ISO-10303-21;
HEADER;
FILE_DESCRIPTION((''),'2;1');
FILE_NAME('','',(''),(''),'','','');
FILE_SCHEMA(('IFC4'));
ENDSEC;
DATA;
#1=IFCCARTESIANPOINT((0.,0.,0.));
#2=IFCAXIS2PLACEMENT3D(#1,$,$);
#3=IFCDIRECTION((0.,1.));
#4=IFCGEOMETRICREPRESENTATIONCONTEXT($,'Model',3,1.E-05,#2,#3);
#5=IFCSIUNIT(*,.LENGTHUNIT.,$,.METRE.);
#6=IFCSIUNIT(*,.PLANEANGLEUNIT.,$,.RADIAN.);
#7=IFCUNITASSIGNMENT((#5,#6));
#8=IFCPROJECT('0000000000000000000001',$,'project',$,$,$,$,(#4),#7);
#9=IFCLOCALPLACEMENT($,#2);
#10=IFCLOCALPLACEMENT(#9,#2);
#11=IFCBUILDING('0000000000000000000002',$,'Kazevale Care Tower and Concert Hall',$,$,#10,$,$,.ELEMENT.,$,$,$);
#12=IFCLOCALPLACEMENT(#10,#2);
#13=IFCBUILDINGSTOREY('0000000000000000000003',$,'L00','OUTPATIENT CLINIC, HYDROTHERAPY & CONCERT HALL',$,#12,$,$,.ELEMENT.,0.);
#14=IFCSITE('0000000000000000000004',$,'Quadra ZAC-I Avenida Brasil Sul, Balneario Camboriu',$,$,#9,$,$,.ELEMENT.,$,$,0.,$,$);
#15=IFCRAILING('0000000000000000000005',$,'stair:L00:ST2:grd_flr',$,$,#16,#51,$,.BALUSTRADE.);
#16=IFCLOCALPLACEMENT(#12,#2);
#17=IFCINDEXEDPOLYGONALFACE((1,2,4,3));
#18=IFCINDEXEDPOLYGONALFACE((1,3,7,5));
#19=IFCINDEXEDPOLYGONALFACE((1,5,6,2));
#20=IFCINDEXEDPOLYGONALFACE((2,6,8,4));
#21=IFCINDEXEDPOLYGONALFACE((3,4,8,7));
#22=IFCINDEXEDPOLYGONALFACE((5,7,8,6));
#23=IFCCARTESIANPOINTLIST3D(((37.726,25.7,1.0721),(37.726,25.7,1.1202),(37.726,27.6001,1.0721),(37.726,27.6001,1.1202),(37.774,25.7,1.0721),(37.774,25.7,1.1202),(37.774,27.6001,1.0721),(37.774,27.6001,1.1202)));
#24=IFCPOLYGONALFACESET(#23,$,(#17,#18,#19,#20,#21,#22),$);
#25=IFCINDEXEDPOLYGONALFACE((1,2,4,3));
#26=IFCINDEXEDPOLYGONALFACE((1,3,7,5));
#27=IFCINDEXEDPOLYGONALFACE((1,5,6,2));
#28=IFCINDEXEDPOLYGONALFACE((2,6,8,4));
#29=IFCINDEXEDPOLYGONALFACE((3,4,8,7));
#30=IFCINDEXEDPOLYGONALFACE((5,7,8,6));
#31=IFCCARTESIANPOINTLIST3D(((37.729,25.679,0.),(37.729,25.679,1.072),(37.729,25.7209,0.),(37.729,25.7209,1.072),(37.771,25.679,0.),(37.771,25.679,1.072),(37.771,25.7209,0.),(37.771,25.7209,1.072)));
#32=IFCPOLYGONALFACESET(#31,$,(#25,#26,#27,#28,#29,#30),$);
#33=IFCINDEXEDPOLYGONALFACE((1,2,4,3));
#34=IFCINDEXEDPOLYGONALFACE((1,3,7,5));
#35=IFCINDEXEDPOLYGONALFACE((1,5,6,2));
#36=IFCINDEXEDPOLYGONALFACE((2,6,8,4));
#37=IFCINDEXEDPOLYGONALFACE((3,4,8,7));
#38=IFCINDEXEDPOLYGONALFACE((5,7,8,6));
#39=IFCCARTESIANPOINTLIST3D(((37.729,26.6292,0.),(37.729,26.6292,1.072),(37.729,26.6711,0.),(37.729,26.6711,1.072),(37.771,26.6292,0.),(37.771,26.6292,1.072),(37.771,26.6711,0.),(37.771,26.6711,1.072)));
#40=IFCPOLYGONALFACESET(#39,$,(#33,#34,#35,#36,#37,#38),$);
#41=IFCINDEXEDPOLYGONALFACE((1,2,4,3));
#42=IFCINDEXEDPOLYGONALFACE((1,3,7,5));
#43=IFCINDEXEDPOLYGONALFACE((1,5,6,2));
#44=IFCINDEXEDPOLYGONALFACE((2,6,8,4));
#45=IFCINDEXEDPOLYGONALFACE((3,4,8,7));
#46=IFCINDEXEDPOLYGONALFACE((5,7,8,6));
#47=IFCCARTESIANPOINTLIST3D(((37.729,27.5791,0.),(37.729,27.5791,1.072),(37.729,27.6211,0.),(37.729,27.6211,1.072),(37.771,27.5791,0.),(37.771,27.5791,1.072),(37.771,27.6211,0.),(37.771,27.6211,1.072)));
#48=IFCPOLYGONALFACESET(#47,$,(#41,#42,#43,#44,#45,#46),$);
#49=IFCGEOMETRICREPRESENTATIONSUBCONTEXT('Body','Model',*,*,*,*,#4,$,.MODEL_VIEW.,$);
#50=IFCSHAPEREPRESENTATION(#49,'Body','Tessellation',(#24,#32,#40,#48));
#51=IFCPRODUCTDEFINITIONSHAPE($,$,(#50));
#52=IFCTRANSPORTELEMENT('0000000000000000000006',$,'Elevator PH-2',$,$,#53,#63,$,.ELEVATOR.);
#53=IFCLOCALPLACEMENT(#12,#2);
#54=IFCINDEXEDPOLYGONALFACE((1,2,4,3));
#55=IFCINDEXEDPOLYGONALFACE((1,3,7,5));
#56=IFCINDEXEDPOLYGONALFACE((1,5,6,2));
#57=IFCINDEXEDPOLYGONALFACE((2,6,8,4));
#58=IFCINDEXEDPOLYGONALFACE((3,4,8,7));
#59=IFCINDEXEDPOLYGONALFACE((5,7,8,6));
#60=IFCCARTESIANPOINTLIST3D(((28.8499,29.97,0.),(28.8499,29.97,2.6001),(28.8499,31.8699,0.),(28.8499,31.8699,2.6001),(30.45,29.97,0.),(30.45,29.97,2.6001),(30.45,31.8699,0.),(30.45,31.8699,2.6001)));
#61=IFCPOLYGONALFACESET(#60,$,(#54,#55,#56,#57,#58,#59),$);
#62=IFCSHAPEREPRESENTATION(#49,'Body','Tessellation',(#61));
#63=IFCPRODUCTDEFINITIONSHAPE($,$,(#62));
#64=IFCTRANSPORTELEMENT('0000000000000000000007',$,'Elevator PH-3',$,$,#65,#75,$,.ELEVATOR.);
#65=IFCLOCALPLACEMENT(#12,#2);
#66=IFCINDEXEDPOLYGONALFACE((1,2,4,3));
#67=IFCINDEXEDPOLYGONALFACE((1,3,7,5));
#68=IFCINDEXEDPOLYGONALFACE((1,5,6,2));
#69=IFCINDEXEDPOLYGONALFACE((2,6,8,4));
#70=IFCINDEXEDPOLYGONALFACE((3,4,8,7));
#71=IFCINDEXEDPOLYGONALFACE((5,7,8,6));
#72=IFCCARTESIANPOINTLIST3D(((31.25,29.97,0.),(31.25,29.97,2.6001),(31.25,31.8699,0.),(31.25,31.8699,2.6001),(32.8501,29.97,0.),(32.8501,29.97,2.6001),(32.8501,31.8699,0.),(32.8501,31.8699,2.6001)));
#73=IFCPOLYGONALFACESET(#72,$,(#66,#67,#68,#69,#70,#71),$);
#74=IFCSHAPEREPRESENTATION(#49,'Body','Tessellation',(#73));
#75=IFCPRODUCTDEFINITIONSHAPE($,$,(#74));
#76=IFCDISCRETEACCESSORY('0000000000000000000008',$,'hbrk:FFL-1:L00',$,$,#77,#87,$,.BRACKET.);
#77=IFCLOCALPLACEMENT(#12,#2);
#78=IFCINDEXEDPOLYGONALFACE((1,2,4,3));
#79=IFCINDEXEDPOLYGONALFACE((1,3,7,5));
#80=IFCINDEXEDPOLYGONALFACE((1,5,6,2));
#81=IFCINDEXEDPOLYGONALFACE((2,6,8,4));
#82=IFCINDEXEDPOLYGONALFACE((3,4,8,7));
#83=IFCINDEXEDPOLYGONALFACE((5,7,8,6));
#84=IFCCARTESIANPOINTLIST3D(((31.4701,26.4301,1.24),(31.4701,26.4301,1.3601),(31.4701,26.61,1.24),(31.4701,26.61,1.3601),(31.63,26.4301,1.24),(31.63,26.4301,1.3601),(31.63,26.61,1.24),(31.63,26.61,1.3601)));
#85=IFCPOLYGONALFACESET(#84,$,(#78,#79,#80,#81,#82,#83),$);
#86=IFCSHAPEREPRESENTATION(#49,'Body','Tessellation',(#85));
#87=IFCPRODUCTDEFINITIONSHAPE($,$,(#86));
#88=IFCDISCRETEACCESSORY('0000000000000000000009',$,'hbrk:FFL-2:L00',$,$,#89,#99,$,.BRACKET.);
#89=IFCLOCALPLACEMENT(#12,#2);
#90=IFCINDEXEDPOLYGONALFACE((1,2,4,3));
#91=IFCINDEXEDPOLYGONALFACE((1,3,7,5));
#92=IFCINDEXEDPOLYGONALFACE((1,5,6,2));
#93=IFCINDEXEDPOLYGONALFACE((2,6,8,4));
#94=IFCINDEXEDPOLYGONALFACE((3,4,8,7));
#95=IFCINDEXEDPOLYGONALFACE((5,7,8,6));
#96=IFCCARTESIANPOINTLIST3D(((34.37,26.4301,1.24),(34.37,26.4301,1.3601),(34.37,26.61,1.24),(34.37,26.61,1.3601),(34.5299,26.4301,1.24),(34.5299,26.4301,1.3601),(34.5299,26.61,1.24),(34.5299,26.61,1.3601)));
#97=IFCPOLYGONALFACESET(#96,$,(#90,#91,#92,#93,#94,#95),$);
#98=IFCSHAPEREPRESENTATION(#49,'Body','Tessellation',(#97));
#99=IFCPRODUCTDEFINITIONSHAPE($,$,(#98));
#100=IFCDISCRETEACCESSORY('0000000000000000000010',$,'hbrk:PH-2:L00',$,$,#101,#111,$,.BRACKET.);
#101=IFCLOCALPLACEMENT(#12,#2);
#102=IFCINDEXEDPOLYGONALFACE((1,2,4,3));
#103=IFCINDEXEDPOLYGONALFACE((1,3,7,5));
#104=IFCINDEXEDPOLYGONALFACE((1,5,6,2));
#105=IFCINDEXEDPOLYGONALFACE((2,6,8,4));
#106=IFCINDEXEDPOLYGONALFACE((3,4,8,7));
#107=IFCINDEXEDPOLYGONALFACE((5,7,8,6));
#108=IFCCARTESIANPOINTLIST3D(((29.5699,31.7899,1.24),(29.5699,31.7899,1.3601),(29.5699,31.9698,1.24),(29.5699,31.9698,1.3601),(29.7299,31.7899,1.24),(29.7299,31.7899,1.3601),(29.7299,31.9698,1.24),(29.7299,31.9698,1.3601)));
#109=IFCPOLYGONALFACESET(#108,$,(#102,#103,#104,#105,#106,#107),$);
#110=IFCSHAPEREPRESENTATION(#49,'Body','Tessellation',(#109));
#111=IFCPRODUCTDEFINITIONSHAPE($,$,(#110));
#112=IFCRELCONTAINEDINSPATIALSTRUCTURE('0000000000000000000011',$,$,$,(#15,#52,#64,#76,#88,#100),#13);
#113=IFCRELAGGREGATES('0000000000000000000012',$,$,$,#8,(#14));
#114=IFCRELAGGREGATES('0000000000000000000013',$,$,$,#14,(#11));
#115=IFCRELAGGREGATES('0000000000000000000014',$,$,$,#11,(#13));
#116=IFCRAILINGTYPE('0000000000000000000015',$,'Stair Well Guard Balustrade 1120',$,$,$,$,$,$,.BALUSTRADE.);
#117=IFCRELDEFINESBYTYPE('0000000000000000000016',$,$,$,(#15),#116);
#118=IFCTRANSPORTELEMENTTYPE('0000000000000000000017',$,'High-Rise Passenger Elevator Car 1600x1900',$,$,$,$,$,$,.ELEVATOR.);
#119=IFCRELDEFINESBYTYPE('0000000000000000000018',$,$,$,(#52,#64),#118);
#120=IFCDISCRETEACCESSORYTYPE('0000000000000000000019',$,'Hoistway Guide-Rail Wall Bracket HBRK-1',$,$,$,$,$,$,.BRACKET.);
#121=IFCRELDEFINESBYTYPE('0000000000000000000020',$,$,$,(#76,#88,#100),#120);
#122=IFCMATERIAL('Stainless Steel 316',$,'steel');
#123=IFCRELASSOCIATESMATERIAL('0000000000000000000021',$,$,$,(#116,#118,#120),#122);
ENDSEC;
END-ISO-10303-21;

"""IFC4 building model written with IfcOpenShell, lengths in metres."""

from ifc_helpers import new_model, si_unit, direction, frame, origin, origin_2d, place, context, subcontext, project, spatial, rectangle, extrude, material, type_object, element, save


model = new_model("IFC4")

# Units and contexts
model_context = context("Model", 3, precision=1e-05, world=origin(), true_north=direction((0.0, 1.0)))
body_context = subcontext(model_context, "Body", "Model", "MODEL_VIEW")
ifc_project = project(units=[si_unit("LENGTHUNIT", "METRE"), si_unit("PLANEANGLEUNIT", "RADIAN")], contexts=[model_context])

# Site, building, storey
site_placement = place(None, origin())
site = spatial("IfcSite", under=ifc_project, at=site_placement, Name="Quadra ZAC-I Avenida Brasil Sul, Balneario Camboriu", CompositionType="ELEMENT", RefElevation=0.0)
building_placement = place(site_placement, origin())
building = spatial("IfcBuilding", under=site, at=building_placement, Name="Kazevale Care Tower and Concert Hall", CompositionType="ELEMENT")
storey_placement = place(building_placement, origin())
storey = spatial("IfcBuildingStorey", under=building, at=storey_placement, Name="L00", Description="OUTPATIENT CLINIC, HYDROTHERAPY & CONCERT HALL", CompositionType="ELEMENT", Elevation=0.0)

# Shared definitions
ifc_material_1 = material(Name="Stainless Steel 316", Category="steel")

# Railing
railing_type_1 = type_object("IfcRailingType", Name="Stair Well Guard Balustrade 1120", PredefinedType="BALUSTRADE", material=ifc_material_1)
for number, where, name in (
    (1, (37.75, 25.7, 0.0), "stair:L00:ST2:grd_flr"),
):
    element("IfcRailing", number, at=place(storey_placement, frame(where)), inside=storey, type_object=railing_type_1, Name=name, PredefinedType="BALUSTRADE", context=body_context, shape_type="SweptSolid", body=[
        extrude(rectangle(XDim=0.0481, YDim=0.0481, at=origin_2d()), frame((0.0, 0.0, 1.0962), z_axis=(0.0, 1.0, 0.0), x_axis=(-1.0, 0.0, 0.0)), (0.0, 0.0, 1.0), 1.9001),
        extrude(rectangle(XDim=0.042, YDim=0.042, at=origin_2d()), origin(), (0.0, 0.0, 1.0), 1.072),
        extrude(rectangle(XDim=0.042, YDim=0.042, at=origin_2d()), frame((0.0, 0.9502, 0.0)), (0.0, 0.0, 1.0), 1.072),
        extrude(rectangle(XDim=0.042, YDim=0.042, at=origin_2d()), frame((0.0, 1.9001, 0.0)), (0.0, 0.0, 1.0), 1.072),
    ])

# Transport elements
transport_element_type = type_object("IfcTransportElementType", Name="High-Rise Passenger Elevator Car 1600x1900", PredefinedType="ELEVATOR", material=ifc_material_1)
for number, where, z_axis, x_axis, name in (
    (2, (29.6499, 30.9199, 0.0), (0.0, 0.0, 1.0), (1.0, 0.0, 0.0), "Elevator PH-2"),
    (3, (32.05, 30.9199, 0.0), (0.0, 0.0, 1.0), (1.0, 0.0, 0.0), "Elevator PH-3"),
):
    element("IfcTransportElement", number, at=place(storey_placement, frame(where, z_axis=z_axis, x_axis=x_axis)), inside=storey, type_object=transport_element_type, Name=name, PredefinedType="ELEVATOR", context=body_context, shape_type="SweptSolid", body=[
        extrude(rectangle(XDim=1.6001, YDim=1.8999, at=origin_2d()), origin(), (0.0, 0.0, 1.0), 2.6001),
    ])

# Discrete accessories
discrete_accessory_type = type_object("IfcDiscreteAccessoryType", Name="Hoistway Guide-Rail Wall Bracket HBRK-1", PredefinedType="BRACKET", material=ifc_material_1)
for number, where, z_axis, x_axis, name in (
    (4, (31.55, 26.52, 1.24), (0.0, 0.0, 1.0), (1.0, 0.0, 0.0), "hbrk:FFL-1:L00"),
    (5, (34.45, 26.52, 1.24), (0.0, 0.0, 1.0), (1.0, 0.0, 0.0), "hbrk:FFL-2:L00"),
    (6, (29.6499, 31.8799, 1.24), (0.0, 0.0, 1.0), (1.0, 0.0, 0.0), "hbrk:PH-2:L00"),
):
    element("IfcDiscreteAccessory", number, at=place(storey_placement, frame(where, z_axis=z_axis, x_axis=x_axis)), inside=storey, type_object=discrete_accessory_type, Name=name, PredefinedType="BRACKET", context=body_context, shape_type="SweptSolid", body=[
        extrude(rectangle(XDim=0.1599, YDim=0.1799, at=origin_2d()), origin(), (0.0, 0.0, 1.0), 0.1201),
    ])

save(model, "model.ifc")
